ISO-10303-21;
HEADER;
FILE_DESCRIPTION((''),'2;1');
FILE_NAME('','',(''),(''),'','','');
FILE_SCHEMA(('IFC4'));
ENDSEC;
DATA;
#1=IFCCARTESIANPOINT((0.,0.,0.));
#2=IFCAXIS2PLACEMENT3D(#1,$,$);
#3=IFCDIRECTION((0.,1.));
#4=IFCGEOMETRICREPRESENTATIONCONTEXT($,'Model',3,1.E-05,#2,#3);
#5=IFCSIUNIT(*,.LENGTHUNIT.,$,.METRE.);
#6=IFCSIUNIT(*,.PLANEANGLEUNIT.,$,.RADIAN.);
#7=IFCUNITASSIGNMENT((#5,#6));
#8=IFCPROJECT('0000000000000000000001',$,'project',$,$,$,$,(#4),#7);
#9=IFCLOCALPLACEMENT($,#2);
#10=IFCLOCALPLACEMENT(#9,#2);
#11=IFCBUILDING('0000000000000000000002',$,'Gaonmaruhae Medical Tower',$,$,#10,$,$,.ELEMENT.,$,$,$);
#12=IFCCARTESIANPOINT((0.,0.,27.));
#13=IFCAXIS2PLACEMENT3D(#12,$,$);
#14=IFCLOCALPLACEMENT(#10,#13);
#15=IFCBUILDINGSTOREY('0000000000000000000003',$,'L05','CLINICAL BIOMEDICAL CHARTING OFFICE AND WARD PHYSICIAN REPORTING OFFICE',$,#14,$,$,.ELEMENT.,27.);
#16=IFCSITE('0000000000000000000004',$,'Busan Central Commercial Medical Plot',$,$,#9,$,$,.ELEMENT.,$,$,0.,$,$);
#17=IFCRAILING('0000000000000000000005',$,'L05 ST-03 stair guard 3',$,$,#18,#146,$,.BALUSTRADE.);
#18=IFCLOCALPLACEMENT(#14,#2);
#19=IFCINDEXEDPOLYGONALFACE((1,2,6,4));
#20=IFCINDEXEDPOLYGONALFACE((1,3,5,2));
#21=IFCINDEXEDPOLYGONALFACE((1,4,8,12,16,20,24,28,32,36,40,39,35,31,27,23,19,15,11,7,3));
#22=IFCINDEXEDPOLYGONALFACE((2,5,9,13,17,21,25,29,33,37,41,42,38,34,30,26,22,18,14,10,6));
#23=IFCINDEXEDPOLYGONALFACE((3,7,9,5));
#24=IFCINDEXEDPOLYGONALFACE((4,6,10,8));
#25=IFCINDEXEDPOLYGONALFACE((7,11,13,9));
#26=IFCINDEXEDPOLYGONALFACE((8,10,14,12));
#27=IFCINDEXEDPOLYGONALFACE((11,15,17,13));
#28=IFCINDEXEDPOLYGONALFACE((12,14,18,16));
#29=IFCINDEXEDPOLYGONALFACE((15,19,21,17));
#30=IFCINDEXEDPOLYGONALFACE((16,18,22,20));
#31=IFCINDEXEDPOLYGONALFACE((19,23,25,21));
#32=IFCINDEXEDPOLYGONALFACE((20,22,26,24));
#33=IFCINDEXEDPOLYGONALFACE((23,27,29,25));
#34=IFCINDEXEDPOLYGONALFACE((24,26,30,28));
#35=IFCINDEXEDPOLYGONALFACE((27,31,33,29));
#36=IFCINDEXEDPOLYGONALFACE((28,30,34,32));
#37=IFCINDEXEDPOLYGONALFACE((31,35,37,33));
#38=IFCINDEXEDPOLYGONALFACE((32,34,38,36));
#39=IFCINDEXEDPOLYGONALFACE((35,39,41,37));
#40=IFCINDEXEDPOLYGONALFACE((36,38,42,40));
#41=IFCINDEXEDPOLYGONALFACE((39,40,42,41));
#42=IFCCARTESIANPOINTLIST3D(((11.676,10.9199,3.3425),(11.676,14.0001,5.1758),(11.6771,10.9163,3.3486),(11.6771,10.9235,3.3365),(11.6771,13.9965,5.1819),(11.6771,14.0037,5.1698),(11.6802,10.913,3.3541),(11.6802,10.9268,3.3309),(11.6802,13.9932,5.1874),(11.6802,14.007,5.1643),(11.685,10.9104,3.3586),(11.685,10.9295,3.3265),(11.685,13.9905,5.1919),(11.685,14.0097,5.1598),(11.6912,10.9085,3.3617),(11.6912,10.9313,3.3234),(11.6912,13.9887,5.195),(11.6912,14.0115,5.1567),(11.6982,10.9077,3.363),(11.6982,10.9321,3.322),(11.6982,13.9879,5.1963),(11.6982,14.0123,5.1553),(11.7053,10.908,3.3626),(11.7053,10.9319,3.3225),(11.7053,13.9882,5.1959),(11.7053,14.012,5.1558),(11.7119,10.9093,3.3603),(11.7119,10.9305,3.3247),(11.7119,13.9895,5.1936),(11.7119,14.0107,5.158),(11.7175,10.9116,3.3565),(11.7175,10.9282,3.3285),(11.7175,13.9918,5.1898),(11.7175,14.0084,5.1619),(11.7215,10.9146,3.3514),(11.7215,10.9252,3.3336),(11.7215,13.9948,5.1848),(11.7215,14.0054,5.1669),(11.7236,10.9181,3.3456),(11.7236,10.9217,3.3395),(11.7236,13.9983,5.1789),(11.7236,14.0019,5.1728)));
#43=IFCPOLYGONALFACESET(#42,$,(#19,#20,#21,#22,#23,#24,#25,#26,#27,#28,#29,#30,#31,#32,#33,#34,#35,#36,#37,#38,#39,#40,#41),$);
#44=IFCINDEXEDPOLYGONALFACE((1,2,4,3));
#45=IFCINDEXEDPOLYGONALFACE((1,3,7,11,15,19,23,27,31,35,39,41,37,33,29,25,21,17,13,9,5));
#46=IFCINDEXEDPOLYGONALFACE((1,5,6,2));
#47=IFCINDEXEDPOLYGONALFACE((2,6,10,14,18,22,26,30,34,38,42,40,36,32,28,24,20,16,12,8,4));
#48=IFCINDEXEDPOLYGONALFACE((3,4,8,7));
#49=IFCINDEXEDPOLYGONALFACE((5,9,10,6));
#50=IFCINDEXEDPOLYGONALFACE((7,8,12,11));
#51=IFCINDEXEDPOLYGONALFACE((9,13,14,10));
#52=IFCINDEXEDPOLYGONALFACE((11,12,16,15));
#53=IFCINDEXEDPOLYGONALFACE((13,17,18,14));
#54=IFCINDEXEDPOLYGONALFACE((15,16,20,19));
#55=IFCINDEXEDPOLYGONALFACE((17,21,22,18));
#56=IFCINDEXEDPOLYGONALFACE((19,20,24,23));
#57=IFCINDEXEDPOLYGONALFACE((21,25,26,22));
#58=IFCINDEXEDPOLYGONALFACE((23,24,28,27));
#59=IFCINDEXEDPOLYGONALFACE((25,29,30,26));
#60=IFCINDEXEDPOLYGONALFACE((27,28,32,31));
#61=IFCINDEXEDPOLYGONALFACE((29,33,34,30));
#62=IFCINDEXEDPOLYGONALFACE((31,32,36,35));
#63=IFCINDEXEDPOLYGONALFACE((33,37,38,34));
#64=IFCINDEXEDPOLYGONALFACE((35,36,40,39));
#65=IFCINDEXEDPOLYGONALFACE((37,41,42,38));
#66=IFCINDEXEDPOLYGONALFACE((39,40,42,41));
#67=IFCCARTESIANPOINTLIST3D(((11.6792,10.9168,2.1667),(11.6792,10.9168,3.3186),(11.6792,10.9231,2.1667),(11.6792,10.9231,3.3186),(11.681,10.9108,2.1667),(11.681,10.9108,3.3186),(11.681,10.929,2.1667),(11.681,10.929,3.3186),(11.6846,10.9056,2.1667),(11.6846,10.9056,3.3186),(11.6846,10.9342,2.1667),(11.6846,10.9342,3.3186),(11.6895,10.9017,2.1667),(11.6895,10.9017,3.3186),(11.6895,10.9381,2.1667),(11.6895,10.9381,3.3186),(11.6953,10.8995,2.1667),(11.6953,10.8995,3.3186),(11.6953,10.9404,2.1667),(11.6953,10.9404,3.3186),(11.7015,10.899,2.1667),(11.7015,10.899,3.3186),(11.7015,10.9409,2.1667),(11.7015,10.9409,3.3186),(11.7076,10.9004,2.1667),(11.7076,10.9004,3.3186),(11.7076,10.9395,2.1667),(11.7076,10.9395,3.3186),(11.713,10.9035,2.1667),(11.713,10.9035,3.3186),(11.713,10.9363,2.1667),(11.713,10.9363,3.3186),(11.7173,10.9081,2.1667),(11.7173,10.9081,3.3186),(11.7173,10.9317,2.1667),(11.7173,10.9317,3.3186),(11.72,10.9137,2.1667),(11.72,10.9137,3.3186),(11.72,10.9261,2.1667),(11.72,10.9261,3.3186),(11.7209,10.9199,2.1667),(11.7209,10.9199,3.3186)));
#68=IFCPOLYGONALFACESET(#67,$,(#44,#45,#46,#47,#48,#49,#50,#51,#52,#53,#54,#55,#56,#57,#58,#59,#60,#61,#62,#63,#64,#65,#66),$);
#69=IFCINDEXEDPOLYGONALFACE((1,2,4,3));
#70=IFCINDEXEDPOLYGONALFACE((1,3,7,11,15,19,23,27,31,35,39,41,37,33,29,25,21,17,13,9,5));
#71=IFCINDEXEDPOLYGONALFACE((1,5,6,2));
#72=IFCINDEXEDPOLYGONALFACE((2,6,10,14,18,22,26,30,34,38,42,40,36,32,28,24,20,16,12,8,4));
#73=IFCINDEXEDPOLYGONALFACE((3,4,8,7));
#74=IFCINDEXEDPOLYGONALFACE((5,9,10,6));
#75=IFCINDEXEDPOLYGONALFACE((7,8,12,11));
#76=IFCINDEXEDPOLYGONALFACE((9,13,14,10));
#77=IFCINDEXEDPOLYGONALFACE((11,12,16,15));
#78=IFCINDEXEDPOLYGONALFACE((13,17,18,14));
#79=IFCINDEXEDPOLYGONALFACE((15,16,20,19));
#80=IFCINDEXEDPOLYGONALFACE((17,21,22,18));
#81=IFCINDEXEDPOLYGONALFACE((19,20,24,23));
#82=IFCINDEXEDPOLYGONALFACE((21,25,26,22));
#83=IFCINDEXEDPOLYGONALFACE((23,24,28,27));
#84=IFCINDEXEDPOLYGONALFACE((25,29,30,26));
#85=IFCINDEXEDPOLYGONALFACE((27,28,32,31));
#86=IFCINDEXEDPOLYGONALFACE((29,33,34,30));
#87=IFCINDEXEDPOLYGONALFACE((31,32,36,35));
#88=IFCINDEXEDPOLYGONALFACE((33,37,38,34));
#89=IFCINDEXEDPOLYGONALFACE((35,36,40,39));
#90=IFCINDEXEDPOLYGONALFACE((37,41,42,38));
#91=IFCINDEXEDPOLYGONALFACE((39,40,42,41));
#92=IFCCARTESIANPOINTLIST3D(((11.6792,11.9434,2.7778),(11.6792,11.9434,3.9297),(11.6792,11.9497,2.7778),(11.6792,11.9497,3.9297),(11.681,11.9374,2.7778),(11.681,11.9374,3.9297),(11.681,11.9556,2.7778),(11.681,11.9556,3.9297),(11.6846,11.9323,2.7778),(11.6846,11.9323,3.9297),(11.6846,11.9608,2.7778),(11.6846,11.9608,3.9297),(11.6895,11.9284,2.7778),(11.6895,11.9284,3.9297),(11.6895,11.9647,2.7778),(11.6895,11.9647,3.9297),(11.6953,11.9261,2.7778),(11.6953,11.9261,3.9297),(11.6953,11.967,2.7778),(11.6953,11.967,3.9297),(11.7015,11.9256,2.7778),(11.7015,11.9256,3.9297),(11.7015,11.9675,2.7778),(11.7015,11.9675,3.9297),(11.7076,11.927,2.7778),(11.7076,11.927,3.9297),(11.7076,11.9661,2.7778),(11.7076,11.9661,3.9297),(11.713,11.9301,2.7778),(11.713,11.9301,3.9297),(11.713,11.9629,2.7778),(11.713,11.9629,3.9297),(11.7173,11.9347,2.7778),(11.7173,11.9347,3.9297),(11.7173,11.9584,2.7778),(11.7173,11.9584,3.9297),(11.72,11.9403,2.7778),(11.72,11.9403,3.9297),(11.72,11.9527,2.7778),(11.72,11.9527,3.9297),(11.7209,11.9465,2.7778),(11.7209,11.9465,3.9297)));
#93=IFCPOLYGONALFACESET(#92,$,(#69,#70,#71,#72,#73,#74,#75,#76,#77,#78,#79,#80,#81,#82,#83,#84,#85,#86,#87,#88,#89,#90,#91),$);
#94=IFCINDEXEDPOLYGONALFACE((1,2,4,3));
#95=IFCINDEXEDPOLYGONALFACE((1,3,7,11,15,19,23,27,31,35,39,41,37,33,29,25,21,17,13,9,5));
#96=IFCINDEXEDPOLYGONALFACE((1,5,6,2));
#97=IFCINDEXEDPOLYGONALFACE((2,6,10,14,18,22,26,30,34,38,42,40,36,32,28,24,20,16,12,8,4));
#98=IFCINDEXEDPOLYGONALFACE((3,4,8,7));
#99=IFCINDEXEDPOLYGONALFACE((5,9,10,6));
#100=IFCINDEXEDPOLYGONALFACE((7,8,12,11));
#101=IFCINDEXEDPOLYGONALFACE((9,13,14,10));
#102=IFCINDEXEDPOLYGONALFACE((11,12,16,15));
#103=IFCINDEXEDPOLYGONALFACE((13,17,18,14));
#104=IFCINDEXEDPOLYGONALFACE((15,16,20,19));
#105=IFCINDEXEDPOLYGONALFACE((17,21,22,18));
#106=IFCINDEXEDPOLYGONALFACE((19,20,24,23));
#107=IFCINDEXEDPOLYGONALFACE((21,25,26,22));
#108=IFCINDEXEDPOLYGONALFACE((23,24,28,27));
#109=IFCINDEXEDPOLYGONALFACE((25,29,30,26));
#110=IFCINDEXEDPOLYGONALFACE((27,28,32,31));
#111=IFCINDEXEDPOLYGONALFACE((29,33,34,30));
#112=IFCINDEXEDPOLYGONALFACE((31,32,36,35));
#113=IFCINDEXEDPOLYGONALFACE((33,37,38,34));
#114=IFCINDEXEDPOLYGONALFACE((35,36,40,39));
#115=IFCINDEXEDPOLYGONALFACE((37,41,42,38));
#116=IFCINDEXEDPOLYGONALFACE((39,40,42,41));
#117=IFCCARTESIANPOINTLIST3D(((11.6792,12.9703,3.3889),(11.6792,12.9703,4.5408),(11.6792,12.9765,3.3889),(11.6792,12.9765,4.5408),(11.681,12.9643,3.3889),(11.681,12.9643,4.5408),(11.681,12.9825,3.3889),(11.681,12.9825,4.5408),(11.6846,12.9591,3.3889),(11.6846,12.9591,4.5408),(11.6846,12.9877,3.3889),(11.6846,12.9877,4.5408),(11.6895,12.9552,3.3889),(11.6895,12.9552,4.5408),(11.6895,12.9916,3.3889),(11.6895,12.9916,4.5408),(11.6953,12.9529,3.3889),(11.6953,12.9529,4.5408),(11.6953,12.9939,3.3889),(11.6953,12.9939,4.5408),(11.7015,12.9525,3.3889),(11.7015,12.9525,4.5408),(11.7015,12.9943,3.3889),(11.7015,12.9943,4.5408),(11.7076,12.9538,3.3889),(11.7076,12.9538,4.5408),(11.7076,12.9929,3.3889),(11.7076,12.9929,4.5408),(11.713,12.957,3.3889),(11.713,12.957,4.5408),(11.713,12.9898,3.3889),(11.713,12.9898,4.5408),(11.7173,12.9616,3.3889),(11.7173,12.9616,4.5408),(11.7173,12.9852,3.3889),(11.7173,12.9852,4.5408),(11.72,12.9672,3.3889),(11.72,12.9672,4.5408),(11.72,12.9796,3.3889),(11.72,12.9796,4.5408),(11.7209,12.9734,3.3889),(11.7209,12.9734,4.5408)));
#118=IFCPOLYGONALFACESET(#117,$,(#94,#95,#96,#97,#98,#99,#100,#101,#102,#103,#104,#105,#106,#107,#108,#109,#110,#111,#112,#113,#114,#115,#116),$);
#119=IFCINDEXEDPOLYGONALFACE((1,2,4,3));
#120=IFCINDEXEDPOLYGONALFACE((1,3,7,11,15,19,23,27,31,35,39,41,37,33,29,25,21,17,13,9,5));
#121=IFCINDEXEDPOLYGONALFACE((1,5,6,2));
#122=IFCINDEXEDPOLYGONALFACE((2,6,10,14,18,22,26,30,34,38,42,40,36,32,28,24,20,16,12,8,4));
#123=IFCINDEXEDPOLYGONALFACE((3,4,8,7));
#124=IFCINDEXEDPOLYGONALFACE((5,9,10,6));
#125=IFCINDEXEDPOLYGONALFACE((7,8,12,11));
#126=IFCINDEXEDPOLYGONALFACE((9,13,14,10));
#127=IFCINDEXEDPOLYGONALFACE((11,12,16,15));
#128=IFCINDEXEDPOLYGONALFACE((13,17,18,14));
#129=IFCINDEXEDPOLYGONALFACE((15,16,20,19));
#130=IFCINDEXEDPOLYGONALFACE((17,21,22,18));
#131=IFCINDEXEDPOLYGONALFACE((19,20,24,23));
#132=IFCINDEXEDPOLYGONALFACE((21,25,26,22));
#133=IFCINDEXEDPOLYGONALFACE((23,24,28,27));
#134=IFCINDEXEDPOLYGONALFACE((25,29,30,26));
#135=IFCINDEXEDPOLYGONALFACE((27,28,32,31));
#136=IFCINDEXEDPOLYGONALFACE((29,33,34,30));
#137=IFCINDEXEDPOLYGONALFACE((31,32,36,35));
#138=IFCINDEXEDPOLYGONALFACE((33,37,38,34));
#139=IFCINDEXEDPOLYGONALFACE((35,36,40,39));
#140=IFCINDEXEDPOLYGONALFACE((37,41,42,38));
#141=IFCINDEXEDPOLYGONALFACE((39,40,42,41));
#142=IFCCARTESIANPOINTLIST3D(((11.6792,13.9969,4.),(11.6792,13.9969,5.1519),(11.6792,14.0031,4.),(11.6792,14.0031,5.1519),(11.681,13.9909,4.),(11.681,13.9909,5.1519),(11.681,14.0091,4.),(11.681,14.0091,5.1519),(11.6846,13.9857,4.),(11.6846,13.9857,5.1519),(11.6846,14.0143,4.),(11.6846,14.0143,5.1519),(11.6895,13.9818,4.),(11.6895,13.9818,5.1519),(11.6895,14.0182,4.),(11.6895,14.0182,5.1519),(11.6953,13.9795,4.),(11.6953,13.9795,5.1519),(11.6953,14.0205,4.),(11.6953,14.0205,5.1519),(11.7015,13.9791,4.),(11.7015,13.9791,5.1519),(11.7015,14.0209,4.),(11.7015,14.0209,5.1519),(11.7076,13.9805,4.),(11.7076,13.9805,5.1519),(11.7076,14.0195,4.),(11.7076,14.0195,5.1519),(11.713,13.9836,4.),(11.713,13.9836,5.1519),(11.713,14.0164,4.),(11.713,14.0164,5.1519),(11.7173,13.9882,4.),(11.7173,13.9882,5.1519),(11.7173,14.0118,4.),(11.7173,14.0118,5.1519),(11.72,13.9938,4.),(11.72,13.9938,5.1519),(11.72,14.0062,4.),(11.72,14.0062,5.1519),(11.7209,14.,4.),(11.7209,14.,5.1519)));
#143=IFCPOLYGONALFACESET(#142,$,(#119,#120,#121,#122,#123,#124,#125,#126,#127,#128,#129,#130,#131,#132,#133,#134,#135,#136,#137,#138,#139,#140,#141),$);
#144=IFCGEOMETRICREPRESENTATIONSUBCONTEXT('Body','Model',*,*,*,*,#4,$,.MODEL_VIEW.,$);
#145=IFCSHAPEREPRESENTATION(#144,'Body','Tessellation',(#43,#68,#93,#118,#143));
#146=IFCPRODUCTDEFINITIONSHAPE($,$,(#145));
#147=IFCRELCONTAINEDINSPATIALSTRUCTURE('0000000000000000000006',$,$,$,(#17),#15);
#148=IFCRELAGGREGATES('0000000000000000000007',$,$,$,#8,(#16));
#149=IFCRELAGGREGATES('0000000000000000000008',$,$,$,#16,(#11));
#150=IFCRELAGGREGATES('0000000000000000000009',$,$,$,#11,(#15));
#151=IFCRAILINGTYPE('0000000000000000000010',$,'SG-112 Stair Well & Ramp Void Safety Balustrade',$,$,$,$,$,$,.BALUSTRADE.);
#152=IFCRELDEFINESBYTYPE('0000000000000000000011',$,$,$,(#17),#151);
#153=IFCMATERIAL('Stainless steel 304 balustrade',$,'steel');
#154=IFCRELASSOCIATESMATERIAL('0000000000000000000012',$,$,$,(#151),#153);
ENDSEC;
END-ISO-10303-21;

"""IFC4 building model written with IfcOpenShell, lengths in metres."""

from ifc_helpers import new_model, si_unit, direction, frame, origin, origin_2d, place, context, subcontext, project, spatial, circle, extrude, material, type_object, element, save


model = new_model("IFC4")

# Units and contexts
model_context = context("Model", 3, precision=1e-05, world=origin(), true_north=direction((0.0, 1.0)))
body_context = subcontext(model_context, "Body", "Model", "MODEL_VIEW")
ifc_project = project(units=[si_unit("LENGTHUNIT", "METRE"), si_unit("PLANEANGLEUNIT", "RADIAN")], contexts=[model_context])

# Site, building, storey
site_placement = place(None, origin())
site = spatial("IfcSite", under=ifc_project, at=site_placement, Name="Busan Central Commercial Medical Plot", CompositionType="ELEMENT", RefElevation=0.0)
building_placement = place(site_placement, origin())
building = spatial("IfcBuilding", under=site, at=building_placement, Name="Gaonmaruhae Medical Tower", CompositionType="ELEMENT")
storey_placement = place(building_placement, frame((0.0, 0.0, 27.0)))
storey = spatial("IfcBuildingStorey", under=building, at=storey_placement, Name="L05", Description="CLINICAL BIOMEDICAL CHARTING OFFICE AND WARD PHYSICIAN REPORTING OFFICE", CompositionType="ELEMENT", Elevation=27.0)

# Railing
ifc_material_1 = material(Name="Stainless steel 304 balustrade", Category="steel")
railing_type_1 = type_object("IfcRailingType", Name="SG-112 Stair Well & Ramp Void Safety Balustrade", PredefinedType="BALUSTRADE", material=ifc_material_1)
railing_1_placement = place(storey_placement, frame((11.7, 10.9199, 2.1667)))
element("IfcRailing", 1, at=railing_1_placement, inside=storey, type_object=railing_type_1, Name="L05 ST-03 stair guard 3", PredefinedType="BALUSTRADE", context=body_context, shape_type="SweptSolid", body=[
    extrude(circle(Radius=0.0239, at=origin_2d()), frame((0.0, 0.0, 1.1758), z_axis=(0.0, 0.859309, 0.511458), x_axis=(-1.0, 0.0, 0.0)), (0.0, 0.0, 1.0), 3.5845),
    extrude(circle(Radius=0.021, at=origin_2d()), origin(), (0.0, 0.0, 1.0), 1.1519),
    extrude(circle(Radius=0.021, at=origin_2d()), frame((0.0, 1.0266, 0.6111)), (0.0, 0.0, 1.0), 1.1519),
    extrude(circle(Radius=0.021, at=origin_2d()), frame((0.0, 2.0535, 1.2222)), (0.0, 0.0, 1.0), 1.1519),
    extrude(circle(Radius=0.021, at=origin_2d()), frame((0.0, 3.0801, 1.8333)), (0.0, 0.0, 1.0), 1.1519),
])

save(model, "model.ifc")
